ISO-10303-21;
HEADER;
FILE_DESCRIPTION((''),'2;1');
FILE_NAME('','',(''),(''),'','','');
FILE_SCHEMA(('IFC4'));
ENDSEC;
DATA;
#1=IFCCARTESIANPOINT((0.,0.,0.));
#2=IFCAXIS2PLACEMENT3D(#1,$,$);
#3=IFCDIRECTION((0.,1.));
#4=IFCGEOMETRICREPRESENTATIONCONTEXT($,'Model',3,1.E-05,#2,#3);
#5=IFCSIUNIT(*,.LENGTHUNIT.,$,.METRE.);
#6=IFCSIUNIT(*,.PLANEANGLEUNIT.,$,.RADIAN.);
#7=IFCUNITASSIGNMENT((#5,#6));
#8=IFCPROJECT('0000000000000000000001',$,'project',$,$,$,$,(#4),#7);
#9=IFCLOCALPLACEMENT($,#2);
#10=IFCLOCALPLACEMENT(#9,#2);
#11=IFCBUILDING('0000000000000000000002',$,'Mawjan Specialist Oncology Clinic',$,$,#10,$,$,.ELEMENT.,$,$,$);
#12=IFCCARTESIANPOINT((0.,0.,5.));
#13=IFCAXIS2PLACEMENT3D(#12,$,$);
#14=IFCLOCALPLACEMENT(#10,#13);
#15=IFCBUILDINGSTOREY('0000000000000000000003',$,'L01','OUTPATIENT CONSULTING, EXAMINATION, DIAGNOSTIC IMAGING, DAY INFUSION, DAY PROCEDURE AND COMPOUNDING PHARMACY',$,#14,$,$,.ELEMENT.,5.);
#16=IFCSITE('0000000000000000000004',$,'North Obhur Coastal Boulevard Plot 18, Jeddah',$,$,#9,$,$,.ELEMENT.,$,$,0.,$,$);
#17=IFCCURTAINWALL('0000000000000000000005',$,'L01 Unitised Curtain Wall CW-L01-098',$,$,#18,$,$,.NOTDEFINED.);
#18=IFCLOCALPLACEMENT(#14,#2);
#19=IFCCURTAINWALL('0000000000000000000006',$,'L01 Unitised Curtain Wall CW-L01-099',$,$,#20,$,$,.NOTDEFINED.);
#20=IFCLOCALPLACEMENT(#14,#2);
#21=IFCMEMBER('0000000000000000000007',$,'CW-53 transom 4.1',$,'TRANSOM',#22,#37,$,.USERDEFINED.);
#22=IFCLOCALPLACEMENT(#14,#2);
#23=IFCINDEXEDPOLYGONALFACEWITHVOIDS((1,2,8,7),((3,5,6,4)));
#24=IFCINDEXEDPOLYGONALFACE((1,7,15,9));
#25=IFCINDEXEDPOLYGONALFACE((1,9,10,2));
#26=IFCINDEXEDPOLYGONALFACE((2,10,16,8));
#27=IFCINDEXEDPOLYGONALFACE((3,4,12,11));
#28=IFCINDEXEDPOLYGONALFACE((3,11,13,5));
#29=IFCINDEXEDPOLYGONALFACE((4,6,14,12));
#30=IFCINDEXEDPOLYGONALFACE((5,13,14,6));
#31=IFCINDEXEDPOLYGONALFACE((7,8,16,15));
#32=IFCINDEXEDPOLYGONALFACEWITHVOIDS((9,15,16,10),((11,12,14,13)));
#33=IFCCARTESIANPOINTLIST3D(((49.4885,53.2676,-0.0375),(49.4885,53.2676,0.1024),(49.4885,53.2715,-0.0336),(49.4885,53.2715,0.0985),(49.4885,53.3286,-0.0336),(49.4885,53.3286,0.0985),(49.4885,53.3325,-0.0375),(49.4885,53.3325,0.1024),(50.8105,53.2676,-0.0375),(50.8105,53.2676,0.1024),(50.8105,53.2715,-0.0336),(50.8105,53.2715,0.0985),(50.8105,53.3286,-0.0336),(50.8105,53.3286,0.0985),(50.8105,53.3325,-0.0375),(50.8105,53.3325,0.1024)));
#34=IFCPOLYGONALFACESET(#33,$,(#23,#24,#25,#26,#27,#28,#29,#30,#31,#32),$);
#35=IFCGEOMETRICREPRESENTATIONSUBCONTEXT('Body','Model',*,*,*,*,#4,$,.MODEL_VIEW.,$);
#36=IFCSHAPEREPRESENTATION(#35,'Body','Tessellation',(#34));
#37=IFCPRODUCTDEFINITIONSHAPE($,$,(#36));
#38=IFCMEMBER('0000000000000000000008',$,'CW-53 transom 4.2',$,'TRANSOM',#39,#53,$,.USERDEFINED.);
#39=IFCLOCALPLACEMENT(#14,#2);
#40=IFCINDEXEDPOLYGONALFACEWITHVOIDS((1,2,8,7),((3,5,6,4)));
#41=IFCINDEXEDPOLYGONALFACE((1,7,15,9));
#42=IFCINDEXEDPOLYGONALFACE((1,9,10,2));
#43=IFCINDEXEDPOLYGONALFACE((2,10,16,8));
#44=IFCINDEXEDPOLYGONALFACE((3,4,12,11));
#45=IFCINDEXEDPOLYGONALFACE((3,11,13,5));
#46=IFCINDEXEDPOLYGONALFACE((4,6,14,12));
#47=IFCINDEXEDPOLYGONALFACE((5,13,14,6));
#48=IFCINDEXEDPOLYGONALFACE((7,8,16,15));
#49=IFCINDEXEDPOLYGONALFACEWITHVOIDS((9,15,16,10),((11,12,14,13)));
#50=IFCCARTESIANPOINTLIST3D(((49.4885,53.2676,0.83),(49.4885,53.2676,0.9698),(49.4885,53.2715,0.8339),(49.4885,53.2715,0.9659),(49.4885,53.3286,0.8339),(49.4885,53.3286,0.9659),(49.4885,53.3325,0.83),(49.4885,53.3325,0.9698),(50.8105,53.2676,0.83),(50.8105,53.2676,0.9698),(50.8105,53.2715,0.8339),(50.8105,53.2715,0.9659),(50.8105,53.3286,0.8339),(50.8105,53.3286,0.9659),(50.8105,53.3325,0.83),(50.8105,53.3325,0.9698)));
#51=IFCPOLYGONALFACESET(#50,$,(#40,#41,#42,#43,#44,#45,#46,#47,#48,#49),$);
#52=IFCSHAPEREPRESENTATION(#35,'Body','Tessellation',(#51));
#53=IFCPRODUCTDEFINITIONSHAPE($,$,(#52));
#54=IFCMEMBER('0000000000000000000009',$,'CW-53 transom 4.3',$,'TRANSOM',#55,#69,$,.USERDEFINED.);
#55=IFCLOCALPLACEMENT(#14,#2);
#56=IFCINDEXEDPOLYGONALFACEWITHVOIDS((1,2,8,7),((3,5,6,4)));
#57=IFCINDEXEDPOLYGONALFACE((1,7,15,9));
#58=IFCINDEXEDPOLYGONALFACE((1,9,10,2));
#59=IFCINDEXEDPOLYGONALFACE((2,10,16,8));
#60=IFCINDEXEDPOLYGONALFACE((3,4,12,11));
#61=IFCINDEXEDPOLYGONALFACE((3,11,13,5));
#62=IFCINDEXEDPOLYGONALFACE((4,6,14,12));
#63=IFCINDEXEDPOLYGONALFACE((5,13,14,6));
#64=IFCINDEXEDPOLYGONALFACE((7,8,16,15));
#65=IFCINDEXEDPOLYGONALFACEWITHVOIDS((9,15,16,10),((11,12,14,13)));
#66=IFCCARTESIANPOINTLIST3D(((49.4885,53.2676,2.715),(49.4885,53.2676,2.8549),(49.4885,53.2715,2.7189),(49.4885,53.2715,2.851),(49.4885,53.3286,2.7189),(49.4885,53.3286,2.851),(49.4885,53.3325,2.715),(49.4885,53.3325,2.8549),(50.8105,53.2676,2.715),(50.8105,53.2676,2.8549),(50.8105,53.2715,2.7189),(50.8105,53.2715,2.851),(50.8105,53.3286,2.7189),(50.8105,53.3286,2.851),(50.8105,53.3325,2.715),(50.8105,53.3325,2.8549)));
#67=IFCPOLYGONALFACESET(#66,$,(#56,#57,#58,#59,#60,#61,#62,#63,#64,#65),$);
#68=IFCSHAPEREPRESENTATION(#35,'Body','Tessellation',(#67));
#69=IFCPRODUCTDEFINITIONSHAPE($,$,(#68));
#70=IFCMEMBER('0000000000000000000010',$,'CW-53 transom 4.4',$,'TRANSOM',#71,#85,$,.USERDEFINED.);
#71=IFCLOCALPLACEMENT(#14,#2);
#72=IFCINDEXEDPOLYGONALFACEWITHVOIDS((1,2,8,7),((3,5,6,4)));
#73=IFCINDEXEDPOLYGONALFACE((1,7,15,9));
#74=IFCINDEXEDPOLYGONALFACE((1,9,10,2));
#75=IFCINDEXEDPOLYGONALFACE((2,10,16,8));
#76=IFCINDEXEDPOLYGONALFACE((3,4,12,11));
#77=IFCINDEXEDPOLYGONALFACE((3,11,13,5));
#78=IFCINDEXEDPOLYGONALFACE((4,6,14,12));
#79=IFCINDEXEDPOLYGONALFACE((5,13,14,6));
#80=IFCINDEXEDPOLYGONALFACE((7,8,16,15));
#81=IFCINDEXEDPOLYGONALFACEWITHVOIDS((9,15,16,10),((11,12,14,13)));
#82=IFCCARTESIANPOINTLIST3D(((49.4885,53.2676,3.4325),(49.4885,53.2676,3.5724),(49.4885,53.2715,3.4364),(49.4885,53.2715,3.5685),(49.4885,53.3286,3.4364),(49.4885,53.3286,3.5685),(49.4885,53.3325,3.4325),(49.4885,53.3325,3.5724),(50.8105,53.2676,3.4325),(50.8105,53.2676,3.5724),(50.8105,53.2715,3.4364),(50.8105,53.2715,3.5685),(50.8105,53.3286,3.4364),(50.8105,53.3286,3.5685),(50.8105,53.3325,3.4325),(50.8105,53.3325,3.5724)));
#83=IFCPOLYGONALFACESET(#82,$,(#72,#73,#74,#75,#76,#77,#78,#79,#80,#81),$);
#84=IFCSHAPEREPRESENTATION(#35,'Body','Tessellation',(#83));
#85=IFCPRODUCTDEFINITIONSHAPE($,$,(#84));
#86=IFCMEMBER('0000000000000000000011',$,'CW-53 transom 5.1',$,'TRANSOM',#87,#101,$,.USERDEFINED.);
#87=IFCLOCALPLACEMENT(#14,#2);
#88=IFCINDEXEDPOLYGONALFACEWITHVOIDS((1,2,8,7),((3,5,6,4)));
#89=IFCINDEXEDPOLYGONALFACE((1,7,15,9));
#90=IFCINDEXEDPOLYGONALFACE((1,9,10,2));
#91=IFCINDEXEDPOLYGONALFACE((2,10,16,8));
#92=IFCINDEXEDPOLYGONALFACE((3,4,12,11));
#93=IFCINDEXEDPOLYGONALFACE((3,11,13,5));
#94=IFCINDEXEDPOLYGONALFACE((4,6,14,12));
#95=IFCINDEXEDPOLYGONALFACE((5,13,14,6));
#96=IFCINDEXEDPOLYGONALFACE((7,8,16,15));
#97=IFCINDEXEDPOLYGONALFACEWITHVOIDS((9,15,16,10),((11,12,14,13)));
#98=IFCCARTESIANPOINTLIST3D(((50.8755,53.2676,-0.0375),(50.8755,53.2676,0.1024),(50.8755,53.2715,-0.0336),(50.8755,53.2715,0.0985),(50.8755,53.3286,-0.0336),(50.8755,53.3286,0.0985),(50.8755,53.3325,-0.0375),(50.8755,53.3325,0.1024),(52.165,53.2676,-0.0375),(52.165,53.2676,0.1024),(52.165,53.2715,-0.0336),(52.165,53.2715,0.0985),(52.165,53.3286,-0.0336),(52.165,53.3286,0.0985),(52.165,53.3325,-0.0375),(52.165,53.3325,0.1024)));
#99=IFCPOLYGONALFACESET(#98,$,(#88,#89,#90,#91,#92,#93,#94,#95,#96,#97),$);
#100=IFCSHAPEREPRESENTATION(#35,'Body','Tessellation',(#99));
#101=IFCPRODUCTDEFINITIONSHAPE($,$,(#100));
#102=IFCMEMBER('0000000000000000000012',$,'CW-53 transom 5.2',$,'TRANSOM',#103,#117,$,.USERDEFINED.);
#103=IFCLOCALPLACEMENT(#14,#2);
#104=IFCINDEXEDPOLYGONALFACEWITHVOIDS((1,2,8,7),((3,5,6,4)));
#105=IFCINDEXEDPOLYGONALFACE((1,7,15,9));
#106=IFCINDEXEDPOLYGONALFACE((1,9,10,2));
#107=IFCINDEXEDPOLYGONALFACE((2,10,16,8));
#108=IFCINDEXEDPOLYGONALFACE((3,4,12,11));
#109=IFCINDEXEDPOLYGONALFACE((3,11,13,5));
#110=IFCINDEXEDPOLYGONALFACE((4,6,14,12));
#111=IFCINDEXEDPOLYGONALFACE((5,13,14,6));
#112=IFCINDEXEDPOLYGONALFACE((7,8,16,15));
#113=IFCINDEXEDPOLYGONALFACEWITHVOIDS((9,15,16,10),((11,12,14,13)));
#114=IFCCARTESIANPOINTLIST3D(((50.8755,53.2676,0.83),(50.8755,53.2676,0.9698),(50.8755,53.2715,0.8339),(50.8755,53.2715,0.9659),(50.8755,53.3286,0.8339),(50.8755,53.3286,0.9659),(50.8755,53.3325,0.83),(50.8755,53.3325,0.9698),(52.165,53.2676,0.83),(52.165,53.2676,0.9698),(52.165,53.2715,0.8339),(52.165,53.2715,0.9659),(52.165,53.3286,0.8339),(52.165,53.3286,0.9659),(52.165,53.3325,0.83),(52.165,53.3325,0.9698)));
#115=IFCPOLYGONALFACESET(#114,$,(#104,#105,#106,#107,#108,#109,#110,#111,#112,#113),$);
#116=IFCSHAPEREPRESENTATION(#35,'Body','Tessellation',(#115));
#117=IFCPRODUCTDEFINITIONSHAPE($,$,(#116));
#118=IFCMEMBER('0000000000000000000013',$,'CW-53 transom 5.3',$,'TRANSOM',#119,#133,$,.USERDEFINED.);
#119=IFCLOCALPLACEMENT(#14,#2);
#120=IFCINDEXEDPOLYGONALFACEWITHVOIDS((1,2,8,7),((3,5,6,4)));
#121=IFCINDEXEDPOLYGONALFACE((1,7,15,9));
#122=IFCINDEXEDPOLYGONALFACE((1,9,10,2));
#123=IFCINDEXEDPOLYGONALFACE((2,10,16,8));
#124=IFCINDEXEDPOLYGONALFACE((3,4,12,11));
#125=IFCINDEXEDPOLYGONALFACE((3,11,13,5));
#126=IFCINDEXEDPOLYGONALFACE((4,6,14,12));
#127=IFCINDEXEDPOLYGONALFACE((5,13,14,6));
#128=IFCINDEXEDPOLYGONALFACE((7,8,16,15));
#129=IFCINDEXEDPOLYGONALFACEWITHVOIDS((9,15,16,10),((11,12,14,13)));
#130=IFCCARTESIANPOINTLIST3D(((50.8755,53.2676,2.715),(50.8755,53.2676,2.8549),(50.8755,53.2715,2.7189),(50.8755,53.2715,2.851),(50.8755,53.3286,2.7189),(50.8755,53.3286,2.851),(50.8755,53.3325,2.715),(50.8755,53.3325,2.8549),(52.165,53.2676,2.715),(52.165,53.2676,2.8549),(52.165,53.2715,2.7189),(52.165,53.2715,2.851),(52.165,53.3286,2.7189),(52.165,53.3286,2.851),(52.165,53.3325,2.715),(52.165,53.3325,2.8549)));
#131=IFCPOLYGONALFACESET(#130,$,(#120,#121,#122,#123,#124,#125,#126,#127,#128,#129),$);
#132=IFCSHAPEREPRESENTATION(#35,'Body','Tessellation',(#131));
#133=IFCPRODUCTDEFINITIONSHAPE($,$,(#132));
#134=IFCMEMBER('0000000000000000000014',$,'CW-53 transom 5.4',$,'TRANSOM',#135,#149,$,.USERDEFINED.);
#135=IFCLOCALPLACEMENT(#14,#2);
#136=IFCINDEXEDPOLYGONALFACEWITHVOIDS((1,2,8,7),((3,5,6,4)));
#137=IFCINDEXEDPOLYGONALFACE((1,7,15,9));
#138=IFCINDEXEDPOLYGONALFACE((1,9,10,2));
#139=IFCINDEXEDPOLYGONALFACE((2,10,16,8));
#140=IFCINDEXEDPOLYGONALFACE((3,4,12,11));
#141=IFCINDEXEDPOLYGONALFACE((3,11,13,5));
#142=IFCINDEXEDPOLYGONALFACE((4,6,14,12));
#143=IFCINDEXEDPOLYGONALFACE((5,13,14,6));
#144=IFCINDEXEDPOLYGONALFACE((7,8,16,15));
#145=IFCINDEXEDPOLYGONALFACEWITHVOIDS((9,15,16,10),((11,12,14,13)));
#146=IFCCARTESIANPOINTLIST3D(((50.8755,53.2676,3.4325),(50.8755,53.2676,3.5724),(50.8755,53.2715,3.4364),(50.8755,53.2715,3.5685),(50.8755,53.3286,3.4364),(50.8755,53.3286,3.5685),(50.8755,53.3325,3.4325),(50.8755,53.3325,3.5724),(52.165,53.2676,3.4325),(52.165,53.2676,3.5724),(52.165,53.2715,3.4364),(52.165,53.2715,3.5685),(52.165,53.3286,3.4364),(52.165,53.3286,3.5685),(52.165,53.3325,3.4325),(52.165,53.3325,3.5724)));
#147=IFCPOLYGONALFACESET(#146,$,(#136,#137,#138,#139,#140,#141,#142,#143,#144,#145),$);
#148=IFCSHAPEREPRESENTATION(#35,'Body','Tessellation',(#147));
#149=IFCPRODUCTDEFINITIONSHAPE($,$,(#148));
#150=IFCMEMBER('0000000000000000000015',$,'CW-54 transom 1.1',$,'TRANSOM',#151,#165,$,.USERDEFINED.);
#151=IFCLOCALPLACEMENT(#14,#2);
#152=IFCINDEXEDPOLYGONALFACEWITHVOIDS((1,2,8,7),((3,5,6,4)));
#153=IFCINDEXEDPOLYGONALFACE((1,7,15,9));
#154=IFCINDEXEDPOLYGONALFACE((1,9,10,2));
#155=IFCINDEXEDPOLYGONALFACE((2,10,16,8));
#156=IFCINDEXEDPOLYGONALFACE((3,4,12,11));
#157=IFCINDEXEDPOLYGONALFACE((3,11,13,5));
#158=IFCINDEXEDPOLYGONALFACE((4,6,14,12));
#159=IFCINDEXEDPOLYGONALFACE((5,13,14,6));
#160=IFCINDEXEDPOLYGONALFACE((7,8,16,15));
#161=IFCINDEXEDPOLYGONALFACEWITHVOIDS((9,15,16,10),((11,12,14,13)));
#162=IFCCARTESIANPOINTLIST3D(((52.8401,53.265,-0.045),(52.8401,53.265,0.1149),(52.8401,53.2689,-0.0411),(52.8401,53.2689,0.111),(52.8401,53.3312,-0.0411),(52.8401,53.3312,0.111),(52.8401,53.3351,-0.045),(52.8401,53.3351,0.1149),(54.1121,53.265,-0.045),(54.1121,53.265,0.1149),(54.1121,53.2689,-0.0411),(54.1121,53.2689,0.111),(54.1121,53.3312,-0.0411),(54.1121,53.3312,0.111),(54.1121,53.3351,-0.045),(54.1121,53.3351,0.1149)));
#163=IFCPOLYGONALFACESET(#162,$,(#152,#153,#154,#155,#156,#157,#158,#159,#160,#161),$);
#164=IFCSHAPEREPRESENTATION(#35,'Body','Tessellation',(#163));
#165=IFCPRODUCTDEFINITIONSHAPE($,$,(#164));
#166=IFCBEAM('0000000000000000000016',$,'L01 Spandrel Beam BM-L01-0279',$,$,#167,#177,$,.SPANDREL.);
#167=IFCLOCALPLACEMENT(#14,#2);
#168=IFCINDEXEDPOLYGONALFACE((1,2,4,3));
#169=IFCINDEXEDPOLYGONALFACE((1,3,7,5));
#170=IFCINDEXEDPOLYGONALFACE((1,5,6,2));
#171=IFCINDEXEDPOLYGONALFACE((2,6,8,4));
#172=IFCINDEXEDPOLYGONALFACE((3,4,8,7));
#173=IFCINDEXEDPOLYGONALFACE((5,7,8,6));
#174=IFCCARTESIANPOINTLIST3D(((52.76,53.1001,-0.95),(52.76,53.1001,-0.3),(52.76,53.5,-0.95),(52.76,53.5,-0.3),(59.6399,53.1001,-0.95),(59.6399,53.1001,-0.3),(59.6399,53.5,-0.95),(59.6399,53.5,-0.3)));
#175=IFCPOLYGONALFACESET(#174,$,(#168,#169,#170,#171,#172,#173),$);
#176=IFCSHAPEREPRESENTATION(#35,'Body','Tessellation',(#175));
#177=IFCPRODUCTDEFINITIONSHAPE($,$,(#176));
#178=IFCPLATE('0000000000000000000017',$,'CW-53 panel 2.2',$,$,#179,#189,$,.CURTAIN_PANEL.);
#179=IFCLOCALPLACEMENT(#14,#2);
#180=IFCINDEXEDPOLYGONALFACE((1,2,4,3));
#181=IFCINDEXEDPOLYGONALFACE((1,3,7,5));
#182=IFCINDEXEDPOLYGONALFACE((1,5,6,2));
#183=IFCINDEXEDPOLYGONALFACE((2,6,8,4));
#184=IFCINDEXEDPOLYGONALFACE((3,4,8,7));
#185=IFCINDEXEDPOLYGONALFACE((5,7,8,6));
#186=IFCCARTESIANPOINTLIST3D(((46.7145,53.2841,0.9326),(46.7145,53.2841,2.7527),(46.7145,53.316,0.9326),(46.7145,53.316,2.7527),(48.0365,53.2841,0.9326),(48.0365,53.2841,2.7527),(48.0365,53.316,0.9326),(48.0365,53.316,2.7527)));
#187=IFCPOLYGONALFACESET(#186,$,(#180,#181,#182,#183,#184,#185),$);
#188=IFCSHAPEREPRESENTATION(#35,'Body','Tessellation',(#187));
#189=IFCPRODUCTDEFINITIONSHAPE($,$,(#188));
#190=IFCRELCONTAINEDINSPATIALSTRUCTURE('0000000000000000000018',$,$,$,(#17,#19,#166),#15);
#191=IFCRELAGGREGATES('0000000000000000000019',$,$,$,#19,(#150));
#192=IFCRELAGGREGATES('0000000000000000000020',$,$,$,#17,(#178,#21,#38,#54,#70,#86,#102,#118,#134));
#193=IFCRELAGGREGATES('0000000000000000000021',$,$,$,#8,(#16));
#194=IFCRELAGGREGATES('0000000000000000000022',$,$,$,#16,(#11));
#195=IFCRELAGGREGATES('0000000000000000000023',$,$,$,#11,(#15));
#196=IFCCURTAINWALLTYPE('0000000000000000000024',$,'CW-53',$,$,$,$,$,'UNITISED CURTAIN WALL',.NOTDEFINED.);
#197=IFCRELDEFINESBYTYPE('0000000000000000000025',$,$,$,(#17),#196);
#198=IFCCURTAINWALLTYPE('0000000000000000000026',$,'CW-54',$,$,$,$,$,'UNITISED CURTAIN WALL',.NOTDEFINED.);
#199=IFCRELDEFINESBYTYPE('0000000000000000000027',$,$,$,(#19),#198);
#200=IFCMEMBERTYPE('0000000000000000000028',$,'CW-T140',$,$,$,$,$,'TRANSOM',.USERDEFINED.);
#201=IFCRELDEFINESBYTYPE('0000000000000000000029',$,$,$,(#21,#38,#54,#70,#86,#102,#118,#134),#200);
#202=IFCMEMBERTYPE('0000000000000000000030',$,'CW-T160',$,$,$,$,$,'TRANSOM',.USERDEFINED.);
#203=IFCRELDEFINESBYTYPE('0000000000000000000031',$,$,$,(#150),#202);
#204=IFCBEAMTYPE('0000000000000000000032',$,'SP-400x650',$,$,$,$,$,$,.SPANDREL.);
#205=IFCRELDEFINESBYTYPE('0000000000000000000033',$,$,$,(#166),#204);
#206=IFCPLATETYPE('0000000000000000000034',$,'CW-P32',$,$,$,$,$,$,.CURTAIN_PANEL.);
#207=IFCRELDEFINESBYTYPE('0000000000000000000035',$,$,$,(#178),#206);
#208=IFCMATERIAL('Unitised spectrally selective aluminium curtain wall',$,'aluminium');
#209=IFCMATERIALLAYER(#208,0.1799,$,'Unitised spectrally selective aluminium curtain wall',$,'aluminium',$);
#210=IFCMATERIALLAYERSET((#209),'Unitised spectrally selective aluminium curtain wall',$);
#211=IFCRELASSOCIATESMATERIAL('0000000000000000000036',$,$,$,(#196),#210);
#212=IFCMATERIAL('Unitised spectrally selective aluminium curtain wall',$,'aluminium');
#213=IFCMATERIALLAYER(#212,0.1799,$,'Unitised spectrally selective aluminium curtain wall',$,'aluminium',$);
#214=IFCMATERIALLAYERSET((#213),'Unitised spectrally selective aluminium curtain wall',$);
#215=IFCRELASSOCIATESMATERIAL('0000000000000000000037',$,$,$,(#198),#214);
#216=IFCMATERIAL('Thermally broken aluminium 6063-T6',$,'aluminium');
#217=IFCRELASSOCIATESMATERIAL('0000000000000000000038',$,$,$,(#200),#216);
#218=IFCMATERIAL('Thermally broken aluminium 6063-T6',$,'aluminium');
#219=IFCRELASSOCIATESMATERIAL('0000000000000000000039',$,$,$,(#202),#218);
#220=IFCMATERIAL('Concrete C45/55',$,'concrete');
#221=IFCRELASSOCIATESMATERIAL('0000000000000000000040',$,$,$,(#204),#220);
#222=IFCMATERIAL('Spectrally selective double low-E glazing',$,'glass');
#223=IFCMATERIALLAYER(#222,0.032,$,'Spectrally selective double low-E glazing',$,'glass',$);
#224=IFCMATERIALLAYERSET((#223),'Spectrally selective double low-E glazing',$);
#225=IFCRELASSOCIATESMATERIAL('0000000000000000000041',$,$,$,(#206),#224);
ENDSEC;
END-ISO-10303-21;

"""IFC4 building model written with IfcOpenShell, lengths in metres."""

from ifc_helpers import new_model, si_unit, direction, frame, origin, origin_2d, place, context, subcontext, project, spatial, rectangle, hollow_rectangle, extrude, material, layer, layer_set, material_profile, profile_set, type_object, element, aggregate, save


model = new_model("IFC4")

# Units and contexts
model_context = context("Model", 3, precision=1e-05, world=origin(), true_north=direction((0.0, 1.0)))
body_context = subcontext(model_context, "Body", "Model", "MODEL_VIEW")
ifc_project = project(units=[si_unit("LENGTHUNIT", "METRE"), si_unit("PLANEANGLEUNIT", "RADIAN")], contexts=[model_context])

# Site, building, storey
site_placement = place(None, origin())
site = spatial("IfcSite", under=ifc_project, at=site_placement, Name="North Obhur Coastal Boulevard Plot 18, Jeddah", CompositionType="ELEMENT", RefElevation=0.0)
building_placement = place(site_placement, origin())
building = spatial("IfcBuilding", under=site, at=building_placement, Name="Mawjan Specialist Oncology Clinic", CompositionType="ELEMENT")
storey_placement = place(building_placement, frame((0.0, 0.0, 5.0)))
storey = spatial("IfcBuildingStorey", under=building, at=storey_placement, Name="L01", Description="OUTPATIENT CONSULTING, EXAMINATION, DIAGNOSTIC IMAGING, DAY INFUSION, DAY PROCEDURE AND COMPOUNDING PHARMACY", CompositionType="ELEMENT", Elevation=5.0)

# Curtain wall
ifc_material_1 = material(Name="Unitised spectrally selective aluminium curtain wall", Category="aluminium")
ifc_layer_1 = layer(ifc_material_1, 0.1799, Name="Unitised spectrally selective aluminium curtain wall", Category="aluminium")
ifc_layer_set_1 = layer_set([ifc_layer_1], Name="Unitised spectrally selective aluminium curtain wall")
curtain_wall_type_1 = type_object("IfcCurtainWallType", Name="CW-53", ElementType="UNITISED CURTAIN WALL", PredefinedType="NOTDEFINED", material=ifc_layer_set_1)
curtain_wall_1_placement = place(storey_placement, origin())
curtain_wall_1 = element("IfcCurtainWall", 1, at=curtain_wall_1_placement, inside=storey, type_object=curtain_wall_type_1, Name="L01 Unitised Curtain Wall CW-L01-098", PredefinedType="NOTDEFINED")

# Curtain wall
ifc_material_2 = material(Name="Unitised spectrally selective aluminium curtain wall", Category="aluminium")
ifc_layer_2 = layer(ifc_material_2, 0.1799, Name="Unitised spectrally selective aluminium curtain wall", Category="aluminium")
ifc_layer_set_2 = layer_set([ifc_layer_2], Name="Unitised spectrally selective aluminium curtain wall")
curtain_wall_type_2 = type_object("IfcCurtainWallType", Name="CW-54", ElementType="UNITISED CURTAIN WALL", PredefinedType="NOTDEFINED", material=ifc_layer_set_2)
curtain_wall_2_placement = place(storey_placement, origin())
curtain_wall_2 = element("IfcCurtainWall", 2, at=curtain_wall_2_placement, inside=storey, type_object=curtain_wall_type_2, Name="L01 Unitised Curtain Wall CW-L01-099", PredefinedType="NOTDEFINED")

# Members
ifc_material_3 = material(Name="Thermally broken aluminium 6063-T6", Category="aluminium")
ifc_material_profile_1 = material_profile(ifc_material_3, hollow_rectangle(XDim=0.0649, YDim=0.1399, WallThickness=0.0039, at=origin_2d()), Name="ALU TRANSOM 140x65x4", Category="aluminium")
ifc_profile_set_1 = profile_set([ifc_material_profile_1], Name="Thermally broken aluminium 6063-T6")
member_type_1 = type_object("IfcMemberType", Name="CW-T140", ElementType="TRANSOM", PredefinedType="USERDEFINED", material=ifc_profile_set_1)
member_1_placement = place(storey_placement, frame((49.4885, 53.3, 0.0325), z_axis=(1.0, 0.0, 0.0), x_axis=(0.0, 1.0, 0.0)))
member_1 = element("IfcMember", 3, at=member_1_placement, type_object=member_type_1, Name="CW-53 transom 4.1", ObjectType="TRANSOM", PredefinedType="USERDEFINED", context=body_context, shape_type="SweptSolid", body=[
    extrude(hollow_rectangle(XDim=0.0649, YDim=0.1399, WallThickness=0.0039, at=origin_2d()), origin(), (0.0, 0.0, 1.0), 1.322),
])
member_2_placement = place(storey_placement, frame((49.4885, 53.3, 0.8999), z_axis=(1.0, 0.0, 0.0), x_axis=(0.0, 1.0, 0.0)))
member_2 = element("IfcMember", 4, at=member_2_placement, type_object=member_type_1, Name="CW-53 transom 4.2", ObjectType="TRANSOM", PredefinedType="USERDEFINED", context=body_context, shape_type="SweptSolid", body=[
    extrude(hollow_rectangle(XDim=0.0649, YDim=0.1399, WallThickness=0.0039, at=origin_2d()), origin(), (0.0, 0.0, 1.0), 1.322),
])
member_3_placement = place(storey_placement, frame((49.4885, 53.3, 2.7849), z_axis=(1.0, 0.0, 0.0), x_axis=(0.0, 1.0, 0.0)))
member_3 = element("IfcMember", 5, at=member_3_placement, type_object=member_type_1, Name="CW-53 transom 4.3", ObjectType="TRANSOM", PredefinedType="USERDEFINED", context=body_context, shape_type="SweptSolid", body=[
    extrude(hollow_rectangle(XDim=0.0649, YDim=0.1399, WallThickness=0.0039, at=origin_2d()), origin(), (0.0, 0.0, 1.0), 1.322),
])
member_4_placement = place(storey_placement, frame((49.4885, 53.3, 3.5024), z_axis=(1.0, 0.0, 0.0), x_axis=(0.0, 1.0, 0.0)))
member_4 = element("IfcMember", 6, at=member_4_placement, type_object=member_type_1, Name="CW-53 transom 4.4", ObjectType="TRANSOM", PredefinedType="USERDEFINED", context=body_context, shape_type="SweptSolid", body=[
    extrude(hollow_rectangle(XDim=0.0649, YDim=0.1399, WallThickness=0.0039, at=origin_2d()), origin(), (0.0, 0.0, 1.0), 1.322),
])
member_5_placement = place(storey_placement, frame((50.8755, 53.3, 0.0325), z_axis=(1.0, 0.0, 0.0), x_axis=(0.0, 1.0, 0.0)))
member_5 = element("IfcMember", 7, at=member_5_placement, type_object=member_type_1, Name="CW-53 transom 5.1", ObjectType="TRANSOM", PredefinedType="USERDEFINED", context=body_context, shape_type="SweptSolid", body=[
    extrude(hollow_rectangle(XDim=0.0649, YDim=0.1399, WallThickness=0.0039, at=origin_2d()), origin(), (0.0, 0.0, 1.0), 1.2896),
])
member_6_placement = place(storey_placement, frame((50.8755, 53.3, 0.8999), z_axis=(1.0, 0.0, 0.0), x_axis=(0.0, 1.0, 0.0)))
member_6 = element("IfcMember", 8, at=member_6_placement, type_object=member_type_1, Name="CW-53 transom 5.2", ObjectType="TRANSOM", PredefinedType="USERDEFINED", context=body_context, shape_type="SweptSolid", body=[
    extrude(hollow_rectangle(XDim=0.0649, YDim=0.1399, WallThickness=0.0039, at=origin_2d()), origin(), (0.0, 0.0, 1.0), 1.2896),
])
member_7_placement = place(storey_placement, frame((50.8755, 53.3, 2.7849), z_axis=(1.0, 0.0, 0.0), x_axis=(0.0, 1.0, 0.0)))
member_7 = element("IfcMember", 9, at=member_7_placement, type_object=member_type_1, Name="CW-53 transom 5.3", ObjectType="TRANSOM", PredefinedType="USERDEFINED", context=body_context, shape_type="SweptSolid", body=[
    extrude(hollow_rectangle(XDim=0.0649, YDim=0.1399, WallThickness=0.0039, at=origin_2d()), origin(), (0.0, 0.0, 1.0), 1.2896),
])
member_8_placement = place(storey_placement, frame((50.8755, 53.3, 3.5024), z_axis=(1.0, 0.0, 0.0), x_axis=(0.0, 1.0, 0.0)))
member_8 = element("IfcMember", 10, at=member_8_placement, type_object=member_type_1, Name="CW-53 transom 5.4", ObjectType="TRANSOM", PredefinedType="USERDEFINED", context=body_context, shape_type="SweptSolid", body=[
    extrude(hollow_rectangle(XDim=0.0649, YDim=0.1399, WallThickness=0.0039, at=origin_2d()), origin(), (0.0, 0.0, 1.0), 1.2896),
])
ifc_material_4 = material(Name="Thermally broken aluminium 6063-T6", Category="aluminium")
ifc_material_profile_2 = material_profile(ifc_material_4, hollow_rectangle(XDim=0.0701, YDim=0.1599, WallThickness=0.0039, at=origin_2d()), Name="ALU TRANSOM 160x70x4", Category="aluminium")
ifc_profile_set_2 = profile_set([ifc_material_profile_2], Name="Thermally broken aluminium 6063-T6")
member_type_2 = type_object("IfcMemberType", Name="CW-T160", ElementType="TRANSOM", PredefinedType="USERDEFINED", material=ifc_profile_set_2)
member_9_placement = place(storey_placement, frame((52.8401, 53.3, 0.0349), z_axis=(1.0, 0.0, 0.0), x_axis=(0.0, 1.0, 0.0)))
member_9 = element("IfcMember", 11, at=member_9_placement, type_object=member_type_2, Name="CW-54 transom 1.1", ObjectType="TRANSOM", PredefinedType="USERDEFINED", context=body_context, shape_type="SweptSolid", body=[
    extrude(hollow_rectangle(XDim=0.0701, YDim=0.1599, WallThickness=0.0039, at=origin_2d()), origin(), (0.0, 0.0, 1.0), 1.272),
])
aggregate(curtain_wall_2, [member_9])

# Beam
ifc_material_5 = material(Name="Concrete C45/55", Category="concrete")
ifc_material_profile_3 = material_profile(ifc_material_5, rectangle(XDim=0.3999, YDim=0.6499, at=origin_2d()), Name="RC BM 400x650", Category="concrete")
ifc_profile_set_3 = profile_set([ifc_material_profile_3], Name="Concrete C45/55")
beam_type = type_object("IfcBeamType", Name="SP-400x650", PredefinedType="SPANDREL", material=ifc_profile_set_3)
beam_placement = place(storey_placement, frame((52.76, 53.3, -0.625), z_axis=(1.0, 0.0, 0.0), x_axis=(0.0, 1.0, 0.0)))
element("IfcBeam", 12, at=beam_placement, inside=storey, type_object=beam_type, Name="L01 Spandrel Beam BM-L01-0279", PredefinedType="SPANDREL", context=body_context, shape_type="SweptSolid", body=[
    extrude(rectangle(XDim=0.3999, YDim=0.6499, at=origin_2d()), origin(), (0.0, 0.0, 1.0), 6.8799),
])

# Plate
ifc_material_6 = material(Name="Spectrally selective double low-E glazing", Category="glass")
ifc_layer_3 = layer(ifc_material_6, 0.032, Name="Spectrally selective double low-E glazing", Category="glass")
ifc_layer_set_3 = layer_set([ifc_layer_3], Name="Spectrally selective double low-E glazing")
plate_type = type_object("IfcPlateType", Name="CW-P32", PredefinedType="CURTAIN_PANEL", material=ifc_layer_set_3)
plate_1_placement = place(storey_placement, frame((47.3755, 53.3, 0.9326), z_axis=(0.0, 0.0, 1.0), x_axis=(1.0, 0.0, 0.0)))
plate_1 = element("IfcPlate", 13, at=plate_1_placement, type_object=plate_type, Name="CW-53 panel 2.2", PredefinedType="CURTAIN_PANEL", context=body_context, shape_type="SweptSolid", body=[
    extrude(rectangle(XDim=1.322, YDim=0.032, at=origin_2d()), origin(), (0.0, 0.0, 1.0), 1.8201),
])
aggregate(curtain_wall_1, [plate_1, member_1, member_2, member_3, member_4, member_5, member_6, member_7, member_8])

save(model, "model.ifc")
